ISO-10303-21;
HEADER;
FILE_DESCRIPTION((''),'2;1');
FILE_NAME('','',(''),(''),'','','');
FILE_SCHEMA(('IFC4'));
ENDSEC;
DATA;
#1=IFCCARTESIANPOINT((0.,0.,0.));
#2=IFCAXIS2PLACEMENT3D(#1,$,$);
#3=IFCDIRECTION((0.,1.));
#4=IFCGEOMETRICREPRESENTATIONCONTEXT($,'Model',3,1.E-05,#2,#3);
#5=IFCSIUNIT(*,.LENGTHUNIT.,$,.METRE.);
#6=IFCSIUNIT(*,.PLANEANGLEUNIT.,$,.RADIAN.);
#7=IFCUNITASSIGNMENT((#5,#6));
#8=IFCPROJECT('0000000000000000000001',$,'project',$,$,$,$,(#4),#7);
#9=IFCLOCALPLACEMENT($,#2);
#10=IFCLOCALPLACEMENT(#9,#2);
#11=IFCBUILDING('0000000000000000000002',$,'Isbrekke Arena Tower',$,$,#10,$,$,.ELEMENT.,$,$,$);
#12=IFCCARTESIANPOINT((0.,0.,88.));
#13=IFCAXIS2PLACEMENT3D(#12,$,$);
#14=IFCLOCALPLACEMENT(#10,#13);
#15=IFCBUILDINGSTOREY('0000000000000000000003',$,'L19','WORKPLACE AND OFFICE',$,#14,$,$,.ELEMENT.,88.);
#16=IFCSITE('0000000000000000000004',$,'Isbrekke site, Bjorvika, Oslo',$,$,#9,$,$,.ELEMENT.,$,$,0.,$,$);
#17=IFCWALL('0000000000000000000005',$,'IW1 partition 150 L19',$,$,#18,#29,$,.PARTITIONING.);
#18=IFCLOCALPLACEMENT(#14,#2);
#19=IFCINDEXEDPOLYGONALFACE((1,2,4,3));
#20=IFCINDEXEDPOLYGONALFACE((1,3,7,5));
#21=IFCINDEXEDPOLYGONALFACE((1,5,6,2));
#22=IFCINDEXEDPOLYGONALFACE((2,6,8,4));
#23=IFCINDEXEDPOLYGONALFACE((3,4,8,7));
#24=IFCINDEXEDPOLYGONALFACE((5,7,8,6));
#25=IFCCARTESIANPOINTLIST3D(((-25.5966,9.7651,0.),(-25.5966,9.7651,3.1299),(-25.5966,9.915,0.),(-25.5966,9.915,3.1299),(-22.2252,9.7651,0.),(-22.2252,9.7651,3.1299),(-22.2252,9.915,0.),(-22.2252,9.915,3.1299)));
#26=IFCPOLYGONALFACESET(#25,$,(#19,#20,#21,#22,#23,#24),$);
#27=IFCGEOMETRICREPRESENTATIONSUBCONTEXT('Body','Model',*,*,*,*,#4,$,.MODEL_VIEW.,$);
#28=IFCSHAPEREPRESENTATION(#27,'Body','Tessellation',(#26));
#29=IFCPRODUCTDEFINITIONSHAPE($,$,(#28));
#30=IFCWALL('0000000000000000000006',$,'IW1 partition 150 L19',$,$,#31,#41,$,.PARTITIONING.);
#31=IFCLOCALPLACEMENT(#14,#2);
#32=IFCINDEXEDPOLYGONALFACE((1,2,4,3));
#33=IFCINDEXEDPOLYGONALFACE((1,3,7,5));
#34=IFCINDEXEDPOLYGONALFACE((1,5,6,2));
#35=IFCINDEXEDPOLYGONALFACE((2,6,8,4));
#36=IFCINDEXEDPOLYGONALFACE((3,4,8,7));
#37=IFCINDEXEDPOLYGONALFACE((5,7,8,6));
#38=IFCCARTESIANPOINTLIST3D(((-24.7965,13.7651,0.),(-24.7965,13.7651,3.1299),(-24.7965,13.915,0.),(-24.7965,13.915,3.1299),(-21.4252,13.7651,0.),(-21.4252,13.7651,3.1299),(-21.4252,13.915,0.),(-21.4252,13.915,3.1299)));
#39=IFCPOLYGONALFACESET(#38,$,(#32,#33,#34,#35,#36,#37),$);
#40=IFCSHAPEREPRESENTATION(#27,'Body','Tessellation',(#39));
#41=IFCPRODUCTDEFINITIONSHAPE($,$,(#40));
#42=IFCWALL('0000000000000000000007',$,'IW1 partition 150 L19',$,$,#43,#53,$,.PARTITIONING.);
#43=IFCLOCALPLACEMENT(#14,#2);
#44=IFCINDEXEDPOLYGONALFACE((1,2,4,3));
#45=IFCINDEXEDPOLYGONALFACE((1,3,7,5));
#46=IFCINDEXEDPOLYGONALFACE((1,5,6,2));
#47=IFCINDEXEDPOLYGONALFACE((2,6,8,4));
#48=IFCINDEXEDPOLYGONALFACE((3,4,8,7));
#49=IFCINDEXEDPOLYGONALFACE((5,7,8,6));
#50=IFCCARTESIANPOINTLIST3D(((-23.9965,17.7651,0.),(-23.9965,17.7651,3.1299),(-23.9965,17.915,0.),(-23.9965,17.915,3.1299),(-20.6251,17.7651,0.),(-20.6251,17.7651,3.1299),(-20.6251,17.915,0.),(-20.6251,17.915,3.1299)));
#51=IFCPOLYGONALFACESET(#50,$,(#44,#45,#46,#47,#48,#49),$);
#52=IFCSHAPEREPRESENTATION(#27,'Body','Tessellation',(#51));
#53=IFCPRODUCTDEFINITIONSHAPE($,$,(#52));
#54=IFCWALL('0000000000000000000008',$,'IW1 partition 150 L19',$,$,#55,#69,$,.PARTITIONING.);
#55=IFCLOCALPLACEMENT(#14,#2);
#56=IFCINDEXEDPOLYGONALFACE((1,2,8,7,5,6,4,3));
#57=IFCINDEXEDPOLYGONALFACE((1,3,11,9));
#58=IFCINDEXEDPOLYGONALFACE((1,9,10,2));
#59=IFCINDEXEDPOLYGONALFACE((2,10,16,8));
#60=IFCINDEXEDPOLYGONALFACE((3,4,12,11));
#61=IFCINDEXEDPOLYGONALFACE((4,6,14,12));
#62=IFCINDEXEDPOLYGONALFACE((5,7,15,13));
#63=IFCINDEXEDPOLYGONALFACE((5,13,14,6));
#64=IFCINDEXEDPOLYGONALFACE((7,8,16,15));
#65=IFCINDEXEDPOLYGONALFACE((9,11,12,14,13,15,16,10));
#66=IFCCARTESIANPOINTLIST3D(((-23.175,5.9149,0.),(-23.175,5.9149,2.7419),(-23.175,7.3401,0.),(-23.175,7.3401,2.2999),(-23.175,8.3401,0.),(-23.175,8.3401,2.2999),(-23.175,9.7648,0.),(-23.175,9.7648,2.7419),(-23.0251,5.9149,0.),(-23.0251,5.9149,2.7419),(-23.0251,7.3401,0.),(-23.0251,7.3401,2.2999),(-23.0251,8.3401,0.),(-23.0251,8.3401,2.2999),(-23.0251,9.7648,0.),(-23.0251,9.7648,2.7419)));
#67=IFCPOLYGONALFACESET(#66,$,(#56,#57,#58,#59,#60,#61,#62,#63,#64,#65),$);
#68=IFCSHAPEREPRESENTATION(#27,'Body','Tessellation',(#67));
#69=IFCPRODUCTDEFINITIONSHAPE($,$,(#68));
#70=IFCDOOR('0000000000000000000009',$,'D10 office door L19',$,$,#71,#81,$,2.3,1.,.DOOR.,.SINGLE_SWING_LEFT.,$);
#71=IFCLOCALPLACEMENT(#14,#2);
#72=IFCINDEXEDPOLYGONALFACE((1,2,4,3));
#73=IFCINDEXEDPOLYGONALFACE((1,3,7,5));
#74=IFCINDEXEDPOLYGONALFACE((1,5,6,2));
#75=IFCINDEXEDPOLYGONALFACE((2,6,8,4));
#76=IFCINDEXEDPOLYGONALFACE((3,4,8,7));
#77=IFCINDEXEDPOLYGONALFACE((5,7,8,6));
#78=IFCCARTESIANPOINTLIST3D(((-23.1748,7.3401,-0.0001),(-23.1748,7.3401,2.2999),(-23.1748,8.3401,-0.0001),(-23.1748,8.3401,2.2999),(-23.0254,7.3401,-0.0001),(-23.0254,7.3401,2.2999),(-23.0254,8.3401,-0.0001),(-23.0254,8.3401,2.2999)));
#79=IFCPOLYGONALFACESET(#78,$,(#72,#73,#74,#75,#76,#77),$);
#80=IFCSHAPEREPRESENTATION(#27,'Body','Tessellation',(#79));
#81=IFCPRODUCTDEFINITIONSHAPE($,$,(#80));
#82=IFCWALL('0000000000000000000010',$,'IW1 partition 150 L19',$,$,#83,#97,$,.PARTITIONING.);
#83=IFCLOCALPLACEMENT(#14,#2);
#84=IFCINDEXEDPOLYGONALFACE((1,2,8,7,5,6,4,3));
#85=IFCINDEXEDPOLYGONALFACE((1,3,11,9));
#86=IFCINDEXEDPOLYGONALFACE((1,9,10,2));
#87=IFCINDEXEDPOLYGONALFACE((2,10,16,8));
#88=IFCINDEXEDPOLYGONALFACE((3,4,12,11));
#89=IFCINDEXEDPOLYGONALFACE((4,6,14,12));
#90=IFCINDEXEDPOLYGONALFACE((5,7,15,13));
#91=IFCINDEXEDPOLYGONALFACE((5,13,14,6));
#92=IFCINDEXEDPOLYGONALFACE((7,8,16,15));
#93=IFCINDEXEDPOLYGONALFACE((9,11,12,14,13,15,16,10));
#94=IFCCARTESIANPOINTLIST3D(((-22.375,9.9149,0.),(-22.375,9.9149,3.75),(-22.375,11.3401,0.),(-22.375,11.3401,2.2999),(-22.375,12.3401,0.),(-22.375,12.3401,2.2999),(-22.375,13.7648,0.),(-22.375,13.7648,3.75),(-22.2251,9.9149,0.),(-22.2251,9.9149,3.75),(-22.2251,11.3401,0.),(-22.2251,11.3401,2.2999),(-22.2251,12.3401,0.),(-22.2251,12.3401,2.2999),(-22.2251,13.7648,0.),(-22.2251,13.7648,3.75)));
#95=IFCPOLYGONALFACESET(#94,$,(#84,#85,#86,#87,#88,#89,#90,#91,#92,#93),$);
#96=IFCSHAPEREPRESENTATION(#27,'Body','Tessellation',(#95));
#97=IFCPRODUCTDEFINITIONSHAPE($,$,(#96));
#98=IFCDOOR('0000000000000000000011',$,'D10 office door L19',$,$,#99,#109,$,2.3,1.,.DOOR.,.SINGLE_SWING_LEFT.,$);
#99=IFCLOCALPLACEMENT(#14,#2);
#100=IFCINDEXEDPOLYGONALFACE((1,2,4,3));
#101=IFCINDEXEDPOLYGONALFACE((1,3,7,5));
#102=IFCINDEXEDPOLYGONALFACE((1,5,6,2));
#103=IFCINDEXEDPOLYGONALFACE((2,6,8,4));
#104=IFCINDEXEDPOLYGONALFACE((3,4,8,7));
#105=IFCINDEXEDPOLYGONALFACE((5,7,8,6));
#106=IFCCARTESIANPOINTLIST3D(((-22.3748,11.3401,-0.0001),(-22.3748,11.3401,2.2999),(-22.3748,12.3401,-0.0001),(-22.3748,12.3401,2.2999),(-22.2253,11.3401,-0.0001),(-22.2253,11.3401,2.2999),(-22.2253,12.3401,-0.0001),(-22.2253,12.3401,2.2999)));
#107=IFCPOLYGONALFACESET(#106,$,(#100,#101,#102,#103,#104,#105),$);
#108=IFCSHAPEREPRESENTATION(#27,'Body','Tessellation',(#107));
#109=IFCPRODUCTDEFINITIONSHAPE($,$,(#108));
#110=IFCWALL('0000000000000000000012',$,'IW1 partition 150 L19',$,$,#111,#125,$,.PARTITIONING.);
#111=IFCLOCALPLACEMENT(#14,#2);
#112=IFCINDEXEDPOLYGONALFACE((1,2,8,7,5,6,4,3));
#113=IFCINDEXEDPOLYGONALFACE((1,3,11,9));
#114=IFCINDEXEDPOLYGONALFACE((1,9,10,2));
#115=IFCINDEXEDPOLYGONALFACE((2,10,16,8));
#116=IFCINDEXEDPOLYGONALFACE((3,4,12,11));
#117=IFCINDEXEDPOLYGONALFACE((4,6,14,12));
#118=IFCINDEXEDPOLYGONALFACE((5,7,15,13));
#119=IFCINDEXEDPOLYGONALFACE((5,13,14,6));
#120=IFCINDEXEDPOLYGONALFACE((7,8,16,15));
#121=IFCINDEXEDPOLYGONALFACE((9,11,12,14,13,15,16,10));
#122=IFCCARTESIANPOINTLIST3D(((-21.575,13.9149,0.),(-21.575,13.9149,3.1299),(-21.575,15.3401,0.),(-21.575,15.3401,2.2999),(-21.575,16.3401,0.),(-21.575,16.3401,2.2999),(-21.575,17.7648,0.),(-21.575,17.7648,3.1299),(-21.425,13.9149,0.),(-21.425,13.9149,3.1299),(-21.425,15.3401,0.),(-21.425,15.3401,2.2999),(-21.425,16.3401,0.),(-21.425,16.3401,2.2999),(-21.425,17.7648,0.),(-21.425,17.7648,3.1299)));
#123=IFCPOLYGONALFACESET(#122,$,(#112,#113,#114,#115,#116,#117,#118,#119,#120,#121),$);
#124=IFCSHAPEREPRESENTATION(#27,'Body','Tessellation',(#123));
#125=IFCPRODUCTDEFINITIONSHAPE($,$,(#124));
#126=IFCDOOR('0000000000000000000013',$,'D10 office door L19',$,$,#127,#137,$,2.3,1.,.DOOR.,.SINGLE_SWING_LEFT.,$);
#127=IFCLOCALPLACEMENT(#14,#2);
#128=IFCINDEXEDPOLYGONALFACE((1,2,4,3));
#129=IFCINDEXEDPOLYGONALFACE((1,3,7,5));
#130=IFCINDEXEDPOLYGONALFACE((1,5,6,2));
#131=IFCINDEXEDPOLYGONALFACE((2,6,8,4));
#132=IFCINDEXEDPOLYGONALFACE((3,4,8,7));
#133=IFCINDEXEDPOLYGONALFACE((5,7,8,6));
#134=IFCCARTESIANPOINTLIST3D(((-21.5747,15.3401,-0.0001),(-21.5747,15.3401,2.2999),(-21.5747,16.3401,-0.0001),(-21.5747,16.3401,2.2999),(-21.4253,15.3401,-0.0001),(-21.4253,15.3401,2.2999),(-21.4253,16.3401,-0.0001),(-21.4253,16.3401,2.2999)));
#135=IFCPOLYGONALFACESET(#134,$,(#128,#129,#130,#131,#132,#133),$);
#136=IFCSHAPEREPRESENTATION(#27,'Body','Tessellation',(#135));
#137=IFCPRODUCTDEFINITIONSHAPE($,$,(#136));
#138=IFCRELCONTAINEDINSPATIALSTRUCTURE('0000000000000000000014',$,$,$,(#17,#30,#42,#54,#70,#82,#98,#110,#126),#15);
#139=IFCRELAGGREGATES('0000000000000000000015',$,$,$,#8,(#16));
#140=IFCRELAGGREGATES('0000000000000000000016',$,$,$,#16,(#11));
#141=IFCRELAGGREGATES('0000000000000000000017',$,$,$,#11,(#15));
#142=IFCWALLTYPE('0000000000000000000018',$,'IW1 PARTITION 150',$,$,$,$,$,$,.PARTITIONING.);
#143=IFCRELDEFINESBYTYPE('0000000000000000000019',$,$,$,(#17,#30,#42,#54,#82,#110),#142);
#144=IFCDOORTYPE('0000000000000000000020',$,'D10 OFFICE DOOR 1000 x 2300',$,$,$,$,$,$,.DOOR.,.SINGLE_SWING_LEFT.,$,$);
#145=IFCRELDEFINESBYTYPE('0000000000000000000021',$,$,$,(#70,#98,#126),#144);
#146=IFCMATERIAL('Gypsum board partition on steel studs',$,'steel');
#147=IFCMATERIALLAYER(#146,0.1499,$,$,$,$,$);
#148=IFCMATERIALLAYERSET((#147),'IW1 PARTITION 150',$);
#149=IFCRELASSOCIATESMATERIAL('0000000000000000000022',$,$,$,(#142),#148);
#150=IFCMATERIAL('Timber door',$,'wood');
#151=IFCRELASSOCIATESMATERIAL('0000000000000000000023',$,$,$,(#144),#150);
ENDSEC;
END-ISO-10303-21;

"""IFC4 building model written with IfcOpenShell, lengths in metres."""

from ifc_helpers import new_model, si_unit, direction, frame, frame_2d, origin, place, context, subcontext, project, spatial, rectangle, extrude, material, layer, layer_set, type_object, element, fill, save


model = new_model("IFC4")

# Units and contexts
model_context = context("Model", 3, precision=1e-05, world=origin(), true_north=direction((0.0, 1.0)))
body_context = subcontext(model_context, "Body", "Model", "MODEL_VIEW")
ifc_project = project(units=[si_unit("LENGTHUNIT", "METRE"), si_unit("PLANEANGLEUNIT", "RADIAN")], contexts=[model_context])

# Site, building, storey
site_placement = place(None, origin())
site = spatial("IfcSite", under=ifc_project, at=site_placement, Name="Isbrekke site, Bjorvika, Oslo", CompositionType="ELEMENT", RefElevation=0.0)
building_placement = place(site_placement, origin())
building = spatial("IfcBuilding", under=site, at=building_placement, Name="Isbrekke Arena Tower", CompositionType="ELEMENT")
storey_placement = place(building_placement, frame((0.0, 0.0, 88.0)))
storey = spatial("IfcBuildingStorey", under=building, at=storey_placement, Name="L19", Description="WORKPLACE AND OFFICE", CompositionType="ELEMENT", Elevation=88.0)

# Walls
ifc_material_1 = material(Name="Gypsum board partition on steel studs", Category="steel")
ifc_layer_1 = layer(ifc_material_1, 0.1499)
ifc_layer_set_1 = layer_set([ifc_layer_1], Name="IW1 PARTITION 150")
wall_type = type_object("IfcWallType", Name="IW1 PARTITION 150", PredefinedType="PARTITIONING", material=ifc_layer_set_1)
for number, where, z_axis, x_axis, name in (
    (1, (-25.5964, 9.8401, 0.0), (0.0, 0.0, 1.0), (1.0, 0.0, 0.0), "IW1 partition 150 L19"),
    (2, (-24.7964, 13.8401, 0.0), (0.0, 0.0, 1.0), (1.0, 0.0, 0.0), "IW1 partition 150 L19"),
    (3, (-23.9963, 17.8401, 0.0), (0.0, 0.0, 1.0), (1.0, 0.0, 0.0), "IW1 partition 150 L19"),
):
    element("IfcWall", number, at=place(storey_placement, frame(where, z_axis=z_axis, x_axis=x_axis)), inside=storey, type_object=wall_type, Name=name, PredefinedType="PARTITIONING", context=body_context, shape_type="SweptSolid", body=[
        extrude(rectangle(XDim=3.3713, YDim=0.1499, at=frame_2d((1.6855, 0.0))), origin(), (0.0, 0.0, 1.0), 3.1299),
    ])

# Walls, openings, doors
wall_1_placement = place(storey_placement, frame((-23.1001, 5.915, 0.0), z_axis=(0.0, 0.0, 1.0), x_axis=(0.0, 1.0, 0.0)))
wall_1 = element("IfcWall", 4, at=wall_1_placement, inside=storey, type_object=wall_type, Name="IW1 partition 150 L19", PredefinedType="PARTITIONING", context=body_context, shape_type="SweptSolid", body=[
    extrude(rectangle(XDim=3.8499, YDim=0.1499, at=frame_2d((1.9248, 0.0))), origin(), (0.0, 0.0, 1.0), 2.7419),
])
opening_1_placement = place(wall_1_placement, frame((1.425, 0.0, 0.0)))
opening_1 = element("IfcOpeningElement", 5, at=opening_1_placement, cuts=wall_1, PredefinedType="OPENING", context=body_context, shape_type="SweptSolid", body=[
    extrude(rectangle(XDim=1.0, YDim=2.3, at=frame_2d((0.5, 1.1499))), frame((0.0, 0.0898, 0.0), z_axis=(0.0, -1.0, 0.0), x_axis=(1.0, 0.0, 0.0)), (0.0, 0.0, 1.0), 0.1797),
])
ifc_material_2 = material(Name="Timber door", Category="wood")
door_type = type_object("IfcDoorType", Name="D10 OFFICE DOOR 1000 x 2300", OperationType="SINGLE_SWING_LEFT", PredefinedType="DOOR", material=ifc_material_2)
door_1_placement = place(opening_1_placement, origin())
door_1 = element("IfcDoor", 6, at=door_1_placement, inside=storey, type_object=door_type, Name="D10 office door L19", OperationType="SINGLE_SWING_LEFT", OverallHeight=2.3, OverallWidth=1.0, PredefinedType="DOOR", context=body_context, shape_type="SweptSolid", body=[
    extrude(rectangle(XDim=1.0, YDim=2.3, at=frame_2d((0.5, 1.1499))), frame((0.0, 0.0747, 0.0), z_axis=(0.0, -1.0, 0.0), x_axis=(1.0, 0.0, 0.0)), (0.0, 0.0, 1.0), 0.1494),
])
fill(opening_1, door_1)
wall_2_placement = place(storey_placement, frame((-22.3, 9.915, 0.0), z_axis=(0.0, 0.0, 1.0), x_axis=(0.0, 1.0, 0.0)))
wall_2 = element("IfcWall", 7, at=wall_2_placement, inside=storey, type_object=wall_type, Name="IW1 partition 150 L19", PredefinedType="PARTITIONING", context=body_context, shape_type="SweptSolid", body=[
    extrude(rectangle(XDim=3.8499, YDim=0.1499, at=frame_2d((1.9248, 0.0))), origin(), (0.0, 0.0, 1.0), 3.75),
])
opening_2_placement = place(wall_2_placement, frame((1.425, 0.0, 0.0)))
opening_2 = element("IfcOpeningElement", 8, at=opening_2_placement, cuts=wall_2, PredefinedType="OPENING", context=body_context, shape_type="SweptSolid", body=[
    extrude(rectangle(XDim=1.0, YDim=2.3, at=frame_2d((0.5, 1.1499))), frame((0.0, 0.0898, 0.0), z_axis=(0.0, -1.0, 0.0), x_axis=(1.0, 0.0, 0.0)), (0.0, 0.0, 1.0), 0.1797),
])
door_2_placement = place(opening_2_placement, origin())
door_2 = element("IfcDoor", 9, at=door_2_placement, inside=storey, type_object=door_type, Name="D10 office door L19", OperationType="SINGLE_SWING_LEFT", OverallHeight=2.3, OverallWidth=1.0, PredefinedType="DOOR", context=body_context, shape_type="SweptSolid", body=[
    extrude(rectangle(XDim=1.0, YDim=2.3, at=frame_2d((0.5, 1.1499))), frame((0.0, 0.0747, 0.0), z_axis=(0.0, -1.0, 0.0), x_axis=(1.0, 0.0, 0.0)), (0.0, 0.0, 1.0), 0.1494),
])
fill(opening_2, door_2)
wall_3_placement = place(storey_placement, frame((-21.5, 13.915, 0.0), z_axis=(0.0, 0.0, 1.0), x_axis=(0.0, 1.0, 0.0)))
wall_3 = element("IfcWall", 10, at=wall_3_placement, inside=storey, type_object=wall_type, Name="IW1 partition 150 L19", PredefinedType="PARTITIONING", context=body_context, shape_type="SweptSolid", body=[
    extrude(rectangle(XDim=3.8499, YDim=0.1499, at=frame_2d((1.9248, 0.0))), origin(), (0.0, 0.0, 1.0), 3.1299),
])
opening_3_placement = place(wall_3_placement, frame((1.425, 0.0, 0.0)))
opening_3 = element("IfcOpeningElement", 11, at=opening_3_placement, cuts=wall_3, PredefinedType="OPENING", context=body_context, shape_type="SweptSolid", body=[
    extrude(rectangle(XDim=1.0, YDim=2.3, at=frame_2d((0.5, 1.1499))), frame((0.0, 0.0898, 0.0), z_axis=(0.0, -1.0, 0.0), x_axis=(1.0, 0.0, 0.0)), (0.0, 0.0, 1.0), 0.1797),
])
door_3_placement = place(opening_3_placement, origin())
door_3 = element("IfcDoor", 12, at=door_3_placement, inside=storey, type_object=door_type, Name="D10 office door L19", OperationType="SINGLE_SWING_LEFT", OverallHeight=2.3, OverallWidth=1.0, PredefinedType="DOOR", context=body_context, shape_type="SweptSolid", body=[
    extrude(rectangle(XDim=1.0, YDim=2.3, at=frame_2d((0.5, 1.1499))), frame((0.0, 0.0747, 0.0), z_axis=(0.0, -1.0, 0.0), x_axis=(1.0, 0.0, 0.0)), (0.0, 0.0, 1.0), 0.1494),
])
fill(opening_3, door_3)

save(model, "model.ifc")
